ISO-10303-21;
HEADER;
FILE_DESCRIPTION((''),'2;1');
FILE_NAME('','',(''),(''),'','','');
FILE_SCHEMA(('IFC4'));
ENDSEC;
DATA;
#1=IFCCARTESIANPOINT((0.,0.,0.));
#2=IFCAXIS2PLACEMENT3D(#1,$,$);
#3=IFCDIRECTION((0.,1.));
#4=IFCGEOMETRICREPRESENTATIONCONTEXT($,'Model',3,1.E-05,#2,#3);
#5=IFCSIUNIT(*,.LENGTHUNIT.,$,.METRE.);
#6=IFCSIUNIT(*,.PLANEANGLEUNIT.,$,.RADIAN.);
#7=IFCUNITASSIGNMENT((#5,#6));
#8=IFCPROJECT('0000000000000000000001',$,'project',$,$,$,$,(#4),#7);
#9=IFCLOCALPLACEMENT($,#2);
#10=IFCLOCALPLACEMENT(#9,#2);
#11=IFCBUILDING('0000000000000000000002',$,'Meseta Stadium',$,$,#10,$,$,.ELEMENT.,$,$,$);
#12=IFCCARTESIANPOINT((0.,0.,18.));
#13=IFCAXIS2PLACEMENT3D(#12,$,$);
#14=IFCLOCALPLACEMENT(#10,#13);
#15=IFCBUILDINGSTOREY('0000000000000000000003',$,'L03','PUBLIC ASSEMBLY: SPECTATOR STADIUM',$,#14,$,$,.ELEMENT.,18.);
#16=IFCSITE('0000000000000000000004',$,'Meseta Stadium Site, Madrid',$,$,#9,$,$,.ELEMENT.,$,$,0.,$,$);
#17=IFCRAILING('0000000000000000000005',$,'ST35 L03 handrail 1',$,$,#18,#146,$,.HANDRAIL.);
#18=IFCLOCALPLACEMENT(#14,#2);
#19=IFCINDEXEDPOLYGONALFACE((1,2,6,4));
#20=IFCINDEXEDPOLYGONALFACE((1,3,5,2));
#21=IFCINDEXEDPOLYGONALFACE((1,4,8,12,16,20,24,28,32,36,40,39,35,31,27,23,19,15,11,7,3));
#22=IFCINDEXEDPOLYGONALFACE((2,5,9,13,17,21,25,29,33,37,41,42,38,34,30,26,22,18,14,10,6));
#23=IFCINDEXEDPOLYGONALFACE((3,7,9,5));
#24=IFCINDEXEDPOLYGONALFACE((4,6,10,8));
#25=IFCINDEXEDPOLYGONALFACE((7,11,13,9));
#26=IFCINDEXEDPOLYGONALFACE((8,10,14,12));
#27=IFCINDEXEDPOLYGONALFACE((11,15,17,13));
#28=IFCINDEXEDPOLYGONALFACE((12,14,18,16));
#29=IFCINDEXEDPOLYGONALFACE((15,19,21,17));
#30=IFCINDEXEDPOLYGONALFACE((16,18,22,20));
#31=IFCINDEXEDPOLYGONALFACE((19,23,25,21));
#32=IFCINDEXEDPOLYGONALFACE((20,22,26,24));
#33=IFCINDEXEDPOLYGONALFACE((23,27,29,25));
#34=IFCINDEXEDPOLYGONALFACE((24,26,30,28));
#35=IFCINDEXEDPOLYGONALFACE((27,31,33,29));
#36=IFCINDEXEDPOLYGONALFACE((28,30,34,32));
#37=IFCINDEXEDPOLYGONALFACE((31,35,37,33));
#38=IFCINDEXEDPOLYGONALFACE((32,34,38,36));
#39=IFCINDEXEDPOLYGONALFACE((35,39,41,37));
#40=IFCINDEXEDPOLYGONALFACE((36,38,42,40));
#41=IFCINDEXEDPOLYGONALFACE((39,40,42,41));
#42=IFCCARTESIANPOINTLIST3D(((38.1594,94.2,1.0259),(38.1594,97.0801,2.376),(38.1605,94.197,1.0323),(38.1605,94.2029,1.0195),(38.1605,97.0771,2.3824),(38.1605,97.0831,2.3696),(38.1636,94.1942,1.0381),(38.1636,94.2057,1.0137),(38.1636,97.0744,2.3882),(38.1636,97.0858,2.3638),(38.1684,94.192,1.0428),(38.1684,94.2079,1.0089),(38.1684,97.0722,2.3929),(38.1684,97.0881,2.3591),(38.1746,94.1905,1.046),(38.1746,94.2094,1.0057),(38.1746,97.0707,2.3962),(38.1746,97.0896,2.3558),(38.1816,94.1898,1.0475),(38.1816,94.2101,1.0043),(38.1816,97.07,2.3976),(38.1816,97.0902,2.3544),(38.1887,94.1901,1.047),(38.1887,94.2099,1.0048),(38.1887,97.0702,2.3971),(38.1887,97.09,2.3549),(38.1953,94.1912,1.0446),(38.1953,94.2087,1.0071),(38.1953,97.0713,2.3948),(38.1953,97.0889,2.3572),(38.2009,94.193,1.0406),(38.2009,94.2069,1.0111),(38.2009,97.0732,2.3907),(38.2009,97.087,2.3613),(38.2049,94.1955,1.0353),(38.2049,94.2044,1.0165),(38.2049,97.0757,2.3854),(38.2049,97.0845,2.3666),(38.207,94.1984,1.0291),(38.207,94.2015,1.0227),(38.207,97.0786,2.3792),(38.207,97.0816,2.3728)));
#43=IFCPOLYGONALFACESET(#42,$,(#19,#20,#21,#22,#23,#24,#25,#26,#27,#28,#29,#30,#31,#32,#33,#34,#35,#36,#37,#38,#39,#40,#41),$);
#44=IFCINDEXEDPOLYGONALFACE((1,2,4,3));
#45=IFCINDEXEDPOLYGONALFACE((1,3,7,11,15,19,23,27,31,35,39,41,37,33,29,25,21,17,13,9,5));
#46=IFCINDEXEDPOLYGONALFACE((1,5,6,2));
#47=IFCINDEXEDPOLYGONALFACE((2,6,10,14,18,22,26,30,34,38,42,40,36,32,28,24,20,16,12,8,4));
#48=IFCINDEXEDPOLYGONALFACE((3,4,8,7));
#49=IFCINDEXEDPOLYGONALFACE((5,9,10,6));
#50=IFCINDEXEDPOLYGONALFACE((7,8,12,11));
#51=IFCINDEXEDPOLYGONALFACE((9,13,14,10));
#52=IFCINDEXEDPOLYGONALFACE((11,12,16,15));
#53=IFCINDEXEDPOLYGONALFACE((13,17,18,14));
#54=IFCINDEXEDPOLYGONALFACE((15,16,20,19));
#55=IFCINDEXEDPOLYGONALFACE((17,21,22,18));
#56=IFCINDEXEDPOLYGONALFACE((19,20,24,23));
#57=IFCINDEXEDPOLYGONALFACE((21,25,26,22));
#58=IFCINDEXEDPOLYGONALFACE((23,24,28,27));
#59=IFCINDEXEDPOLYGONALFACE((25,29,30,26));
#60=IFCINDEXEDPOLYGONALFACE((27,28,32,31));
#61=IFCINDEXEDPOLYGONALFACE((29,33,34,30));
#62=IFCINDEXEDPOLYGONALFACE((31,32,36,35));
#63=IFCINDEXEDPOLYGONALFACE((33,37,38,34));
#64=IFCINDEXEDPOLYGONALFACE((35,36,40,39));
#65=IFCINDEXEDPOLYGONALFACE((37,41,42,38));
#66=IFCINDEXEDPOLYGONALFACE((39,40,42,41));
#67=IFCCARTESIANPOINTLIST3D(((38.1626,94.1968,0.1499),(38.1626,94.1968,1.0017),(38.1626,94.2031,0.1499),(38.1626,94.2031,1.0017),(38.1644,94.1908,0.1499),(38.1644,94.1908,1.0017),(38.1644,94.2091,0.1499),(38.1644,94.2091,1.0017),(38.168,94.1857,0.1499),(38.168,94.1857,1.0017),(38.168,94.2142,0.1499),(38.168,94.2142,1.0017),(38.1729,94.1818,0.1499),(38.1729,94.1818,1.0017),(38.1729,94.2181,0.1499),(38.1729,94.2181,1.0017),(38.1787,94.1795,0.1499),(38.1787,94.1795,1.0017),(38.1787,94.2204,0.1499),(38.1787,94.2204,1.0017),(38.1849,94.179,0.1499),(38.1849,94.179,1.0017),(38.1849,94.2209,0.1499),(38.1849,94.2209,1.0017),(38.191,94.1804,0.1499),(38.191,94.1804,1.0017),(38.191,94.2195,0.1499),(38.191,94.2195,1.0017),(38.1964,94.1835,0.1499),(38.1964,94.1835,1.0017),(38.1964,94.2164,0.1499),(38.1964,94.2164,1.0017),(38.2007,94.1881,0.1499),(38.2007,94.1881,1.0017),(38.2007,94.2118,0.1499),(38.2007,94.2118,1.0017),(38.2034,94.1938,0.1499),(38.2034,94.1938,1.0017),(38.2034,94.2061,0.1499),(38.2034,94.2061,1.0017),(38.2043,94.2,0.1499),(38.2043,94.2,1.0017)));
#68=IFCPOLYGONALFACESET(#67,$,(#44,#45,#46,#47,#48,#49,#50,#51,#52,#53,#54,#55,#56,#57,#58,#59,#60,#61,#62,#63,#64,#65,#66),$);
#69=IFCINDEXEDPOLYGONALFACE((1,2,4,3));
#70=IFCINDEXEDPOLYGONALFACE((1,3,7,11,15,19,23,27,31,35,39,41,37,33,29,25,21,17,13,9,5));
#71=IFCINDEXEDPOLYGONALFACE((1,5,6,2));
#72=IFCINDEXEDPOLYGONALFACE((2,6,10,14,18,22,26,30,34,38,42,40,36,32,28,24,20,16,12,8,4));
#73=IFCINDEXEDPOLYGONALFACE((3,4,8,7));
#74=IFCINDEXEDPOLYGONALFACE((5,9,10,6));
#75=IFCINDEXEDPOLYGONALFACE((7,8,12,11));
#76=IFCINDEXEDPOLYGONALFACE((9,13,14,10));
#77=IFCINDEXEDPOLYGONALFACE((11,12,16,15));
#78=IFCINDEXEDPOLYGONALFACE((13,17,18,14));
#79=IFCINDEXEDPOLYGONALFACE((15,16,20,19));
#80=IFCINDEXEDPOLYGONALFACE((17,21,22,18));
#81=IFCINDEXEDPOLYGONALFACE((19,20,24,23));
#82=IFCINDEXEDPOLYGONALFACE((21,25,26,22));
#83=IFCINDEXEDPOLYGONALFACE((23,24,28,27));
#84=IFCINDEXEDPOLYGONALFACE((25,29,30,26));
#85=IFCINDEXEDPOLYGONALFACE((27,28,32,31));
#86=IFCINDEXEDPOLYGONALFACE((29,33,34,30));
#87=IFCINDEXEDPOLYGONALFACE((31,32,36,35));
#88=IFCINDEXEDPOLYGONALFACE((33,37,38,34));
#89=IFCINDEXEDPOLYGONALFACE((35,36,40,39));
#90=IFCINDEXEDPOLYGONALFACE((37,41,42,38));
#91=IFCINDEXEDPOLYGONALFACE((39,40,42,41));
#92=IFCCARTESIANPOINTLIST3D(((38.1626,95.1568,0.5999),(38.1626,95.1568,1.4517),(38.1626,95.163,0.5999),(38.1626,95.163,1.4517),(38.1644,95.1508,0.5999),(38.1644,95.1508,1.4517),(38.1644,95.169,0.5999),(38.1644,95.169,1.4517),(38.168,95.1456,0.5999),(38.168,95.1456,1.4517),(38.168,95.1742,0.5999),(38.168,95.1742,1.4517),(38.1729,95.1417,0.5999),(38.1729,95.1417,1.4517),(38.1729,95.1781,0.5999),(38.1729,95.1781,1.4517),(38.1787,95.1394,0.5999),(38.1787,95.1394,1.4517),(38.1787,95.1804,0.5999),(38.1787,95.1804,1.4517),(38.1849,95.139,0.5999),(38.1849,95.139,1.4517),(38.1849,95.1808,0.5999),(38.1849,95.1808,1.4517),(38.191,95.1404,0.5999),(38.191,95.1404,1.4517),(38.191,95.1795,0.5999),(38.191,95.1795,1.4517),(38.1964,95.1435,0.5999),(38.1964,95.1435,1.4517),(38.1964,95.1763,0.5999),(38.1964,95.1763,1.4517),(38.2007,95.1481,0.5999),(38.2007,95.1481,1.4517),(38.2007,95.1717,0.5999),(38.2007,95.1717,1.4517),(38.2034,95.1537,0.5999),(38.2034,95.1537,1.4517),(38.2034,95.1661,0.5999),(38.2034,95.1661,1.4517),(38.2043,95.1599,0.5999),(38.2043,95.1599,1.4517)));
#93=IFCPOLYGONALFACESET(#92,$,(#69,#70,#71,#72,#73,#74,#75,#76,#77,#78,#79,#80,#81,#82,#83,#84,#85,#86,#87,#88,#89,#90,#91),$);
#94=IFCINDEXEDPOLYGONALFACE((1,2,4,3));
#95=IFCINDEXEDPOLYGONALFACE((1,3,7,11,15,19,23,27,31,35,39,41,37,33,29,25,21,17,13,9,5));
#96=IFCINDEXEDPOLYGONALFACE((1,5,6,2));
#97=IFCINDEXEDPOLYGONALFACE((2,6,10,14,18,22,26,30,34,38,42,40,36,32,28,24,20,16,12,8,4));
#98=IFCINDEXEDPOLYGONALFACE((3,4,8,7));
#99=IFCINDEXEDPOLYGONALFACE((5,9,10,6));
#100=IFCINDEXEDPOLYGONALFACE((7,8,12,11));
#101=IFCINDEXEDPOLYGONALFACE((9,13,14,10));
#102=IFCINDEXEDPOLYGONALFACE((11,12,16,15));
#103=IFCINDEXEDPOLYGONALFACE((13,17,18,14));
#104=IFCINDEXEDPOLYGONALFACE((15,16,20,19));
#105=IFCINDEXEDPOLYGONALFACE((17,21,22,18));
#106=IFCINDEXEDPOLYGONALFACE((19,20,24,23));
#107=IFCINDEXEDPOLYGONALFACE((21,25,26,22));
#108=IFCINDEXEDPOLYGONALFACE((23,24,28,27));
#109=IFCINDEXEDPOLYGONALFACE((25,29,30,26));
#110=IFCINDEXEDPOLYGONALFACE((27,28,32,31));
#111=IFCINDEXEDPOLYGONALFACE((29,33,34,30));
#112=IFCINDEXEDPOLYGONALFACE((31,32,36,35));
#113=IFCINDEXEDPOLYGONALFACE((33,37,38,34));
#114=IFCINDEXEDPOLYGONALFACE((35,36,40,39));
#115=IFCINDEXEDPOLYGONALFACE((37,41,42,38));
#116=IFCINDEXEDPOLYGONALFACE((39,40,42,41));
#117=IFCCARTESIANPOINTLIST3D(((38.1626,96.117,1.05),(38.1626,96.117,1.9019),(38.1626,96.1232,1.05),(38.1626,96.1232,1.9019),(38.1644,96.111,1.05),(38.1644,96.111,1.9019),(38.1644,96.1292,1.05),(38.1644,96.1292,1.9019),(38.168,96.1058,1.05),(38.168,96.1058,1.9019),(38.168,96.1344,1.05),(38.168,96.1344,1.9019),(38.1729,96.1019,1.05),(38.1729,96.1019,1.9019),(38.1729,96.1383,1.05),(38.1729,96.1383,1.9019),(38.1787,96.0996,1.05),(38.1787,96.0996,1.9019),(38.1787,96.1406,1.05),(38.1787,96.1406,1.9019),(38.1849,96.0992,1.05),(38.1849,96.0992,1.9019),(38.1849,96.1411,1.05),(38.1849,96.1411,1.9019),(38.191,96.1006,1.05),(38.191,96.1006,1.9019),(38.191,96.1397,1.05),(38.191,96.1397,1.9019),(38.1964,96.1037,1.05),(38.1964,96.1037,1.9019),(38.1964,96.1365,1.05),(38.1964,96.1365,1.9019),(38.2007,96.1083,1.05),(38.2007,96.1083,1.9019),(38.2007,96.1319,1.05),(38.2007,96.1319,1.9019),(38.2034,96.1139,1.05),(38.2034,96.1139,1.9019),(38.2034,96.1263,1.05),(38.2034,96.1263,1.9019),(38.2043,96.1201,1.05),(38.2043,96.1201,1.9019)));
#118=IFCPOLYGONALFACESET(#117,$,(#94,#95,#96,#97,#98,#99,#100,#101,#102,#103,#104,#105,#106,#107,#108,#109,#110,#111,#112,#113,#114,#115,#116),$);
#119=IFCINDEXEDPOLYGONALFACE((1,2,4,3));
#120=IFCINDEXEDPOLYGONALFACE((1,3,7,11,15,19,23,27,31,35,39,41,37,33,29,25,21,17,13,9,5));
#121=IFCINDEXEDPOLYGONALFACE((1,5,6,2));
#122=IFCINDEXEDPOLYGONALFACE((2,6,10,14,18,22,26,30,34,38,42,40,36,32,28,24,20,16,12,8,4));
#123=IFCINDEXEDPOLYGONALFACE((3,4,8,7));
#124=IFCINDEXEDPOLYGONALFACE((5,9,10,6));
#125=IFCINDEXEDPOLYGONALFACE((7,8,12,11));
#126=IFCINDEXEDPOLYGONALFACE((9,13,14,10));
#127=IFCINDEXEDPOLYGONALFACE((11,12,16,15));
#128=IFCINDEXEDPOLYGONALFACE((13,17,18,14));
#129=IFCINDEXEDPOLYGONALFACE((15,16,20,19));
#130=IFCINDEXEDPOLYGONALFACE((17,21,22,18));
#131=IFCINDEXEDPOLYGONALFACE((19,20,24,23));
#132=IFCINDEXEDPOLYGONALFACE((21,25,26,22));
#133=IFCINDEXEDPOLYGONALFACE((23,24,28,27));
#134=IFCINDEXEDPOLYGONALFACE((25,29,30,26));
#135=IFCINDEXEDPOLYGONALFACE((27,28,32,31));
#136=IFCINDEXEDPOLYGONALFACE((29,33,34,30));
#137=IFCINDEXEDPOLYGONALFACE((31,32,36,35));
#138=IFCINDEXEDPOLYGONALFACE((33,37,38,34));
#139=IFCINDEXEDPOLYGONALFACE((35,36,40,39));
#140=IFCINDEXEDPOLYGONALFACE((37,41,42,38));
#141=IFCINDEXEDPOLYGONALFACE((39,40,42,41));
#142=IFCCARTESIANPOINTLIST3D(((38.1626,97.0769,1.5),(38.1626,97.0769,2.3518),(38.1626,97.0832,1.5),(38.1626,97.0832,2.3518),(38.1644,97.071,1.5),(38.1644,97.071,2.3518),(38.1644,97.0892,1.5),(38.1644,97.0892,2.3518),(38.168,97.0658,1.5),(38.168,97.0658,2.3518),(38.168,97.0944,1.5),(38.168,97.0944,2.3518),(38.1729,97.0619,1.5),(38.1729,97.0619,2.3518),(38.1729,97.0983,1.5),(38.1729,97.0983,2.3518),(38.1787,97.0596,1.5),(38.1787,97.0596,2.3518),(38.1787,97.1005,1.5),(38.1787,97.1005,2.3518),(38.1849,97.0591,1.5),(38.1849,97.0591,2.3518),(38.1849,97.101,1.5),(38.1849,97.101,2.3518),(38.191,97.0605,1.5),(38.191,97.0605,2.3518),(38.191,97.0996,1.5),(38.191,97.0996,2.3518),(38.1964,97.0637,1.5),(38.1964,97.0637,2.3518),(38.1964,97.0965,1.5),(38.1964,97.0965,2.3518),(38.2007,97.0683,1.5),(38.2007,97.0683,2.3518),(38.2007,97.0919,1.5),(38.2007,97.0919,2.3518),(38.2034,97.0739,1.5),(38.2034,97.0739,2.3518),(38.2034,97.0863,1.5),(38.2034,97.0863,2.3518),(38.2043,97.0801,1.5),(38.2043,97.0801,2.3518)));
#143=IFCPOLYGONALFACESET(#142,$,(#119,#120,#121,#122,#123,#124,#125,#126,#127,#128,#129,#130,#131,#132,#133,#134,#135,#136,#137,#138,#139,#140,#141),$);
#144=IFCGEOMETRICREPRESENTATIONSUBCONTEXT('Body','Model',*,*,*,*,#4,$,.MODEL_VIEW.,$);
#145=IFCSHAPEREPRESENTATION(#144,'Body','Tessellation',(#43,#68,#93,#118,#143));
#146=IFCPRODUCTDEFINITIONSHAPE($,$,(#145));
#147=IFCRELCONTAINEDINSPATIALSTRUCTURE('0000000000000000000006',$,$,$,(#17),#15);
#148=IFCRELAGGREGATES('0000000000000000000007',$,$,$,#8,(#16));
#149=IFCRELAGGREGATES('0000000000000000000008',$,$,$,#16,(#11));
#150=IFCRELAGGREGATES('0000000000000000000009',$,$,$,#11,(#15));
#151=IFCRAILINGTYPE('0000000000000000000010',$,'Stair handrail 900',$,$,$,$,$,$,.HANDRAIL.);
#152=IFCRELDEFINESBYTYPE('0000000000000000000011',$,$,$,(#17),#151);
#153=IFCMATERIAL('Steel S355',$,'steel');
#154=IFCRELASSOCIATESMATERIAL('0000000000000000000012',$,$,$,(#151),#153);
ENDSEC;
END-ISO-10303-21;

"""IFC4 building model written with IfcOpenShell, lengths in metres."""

from ifc_helpers import new_model, si_unit, direction, frame, origin, origin_2d, place, context, subcontext, project, spatial, circle, extrude, material, type_object, element, save


model = new_model("IFC4")

# Units and contexts
model_context = context("Model", 3, precision=1e-05, world=origin(), true_north=direction((0.0, 1.0)))
body_context = subcontext(model_context, "Body", "Model", "MODEL_VIEW")
ifc_project = project(units=[si_unit("LENGTHUNIT", "METRE"), si_unit("PLANEANGLEUNIT", "RADIAN")], contexts=[model_context])

# Site, building, storey
site_placement = place(None, origin())
site = spatial("IfcSite", under=ifc_project, at=site_placement, Name="Meseta Stadium Site, Madrid", CompositionType="ELEMENT", RefElevation=0.0)
building_placement = place(site_placement, origin())
building = spatial("IfcBuilding", under=site, at=building_placement, Name="Meseta Stadium", CompositionType="ELEMENT")
storey_placement = place(building_placement, frame((0.0, 0.0, 18.0)))
storey = spatial("IfcBuildingStorey", under=building, at=storey_placement, Name="L03", Description="PUBLIC ASSEMBLY: SPECTATOR STADIUM", CompositionType="ELEMENT", Elevation=18.0)

# Railing
ifc_material_1 = material(Name="Steel S355", Category="steel")
railing_type_1 = type_object("IfcRailingType", Name="Stair handrail 900", PredefinedType="HANDRAIL", material=ifc_material_1)
railing_1_placement = place(storey_placement, frame((38.1833, 94.2, 0.1499)))
element("IfcRailing", 1, at=railing_1_placement, inside=storey, type_object=railing_type_1, Name="ST35 L03 handrail 1", PredefinedType="HANDRAIL", context=body_context, shape_type="SweptSolid", body=[
    extrude(circle(Radius=0.0239, at=origin_2d()), frame((0.0, 0.0, 0.876), z_axis=(0.0, 0.905454, 0.424444), x_axis=(-1.0, 0.0, 0.0)), (0.0, 0.0, 1.0), 3.1809),
    extrude(circle(Radius=0.021, at=origin_2d()), origin(), (0.0, 0.0, 1.0), 0.8518),
    extrude(circle(Radius=0.021, at=origin_2d()), frame((0.0, 0.96, 0.45)), (0.0, 0.0, 1.0), 0.8518),
    extrude(circle(Radius=0.021, at=origin_2d()), frame((0.0, 1.9202, 0.9001)), (0.0, 0.0, 1.0), 0.8518),
    extrude(circle(Radius=0.021, at=origin_2d()), frame((0.0, 2.8801, 1.3501)), (0.0, 0.0, 1.0), 0.8518),
])

save(model, "model.ifc")
